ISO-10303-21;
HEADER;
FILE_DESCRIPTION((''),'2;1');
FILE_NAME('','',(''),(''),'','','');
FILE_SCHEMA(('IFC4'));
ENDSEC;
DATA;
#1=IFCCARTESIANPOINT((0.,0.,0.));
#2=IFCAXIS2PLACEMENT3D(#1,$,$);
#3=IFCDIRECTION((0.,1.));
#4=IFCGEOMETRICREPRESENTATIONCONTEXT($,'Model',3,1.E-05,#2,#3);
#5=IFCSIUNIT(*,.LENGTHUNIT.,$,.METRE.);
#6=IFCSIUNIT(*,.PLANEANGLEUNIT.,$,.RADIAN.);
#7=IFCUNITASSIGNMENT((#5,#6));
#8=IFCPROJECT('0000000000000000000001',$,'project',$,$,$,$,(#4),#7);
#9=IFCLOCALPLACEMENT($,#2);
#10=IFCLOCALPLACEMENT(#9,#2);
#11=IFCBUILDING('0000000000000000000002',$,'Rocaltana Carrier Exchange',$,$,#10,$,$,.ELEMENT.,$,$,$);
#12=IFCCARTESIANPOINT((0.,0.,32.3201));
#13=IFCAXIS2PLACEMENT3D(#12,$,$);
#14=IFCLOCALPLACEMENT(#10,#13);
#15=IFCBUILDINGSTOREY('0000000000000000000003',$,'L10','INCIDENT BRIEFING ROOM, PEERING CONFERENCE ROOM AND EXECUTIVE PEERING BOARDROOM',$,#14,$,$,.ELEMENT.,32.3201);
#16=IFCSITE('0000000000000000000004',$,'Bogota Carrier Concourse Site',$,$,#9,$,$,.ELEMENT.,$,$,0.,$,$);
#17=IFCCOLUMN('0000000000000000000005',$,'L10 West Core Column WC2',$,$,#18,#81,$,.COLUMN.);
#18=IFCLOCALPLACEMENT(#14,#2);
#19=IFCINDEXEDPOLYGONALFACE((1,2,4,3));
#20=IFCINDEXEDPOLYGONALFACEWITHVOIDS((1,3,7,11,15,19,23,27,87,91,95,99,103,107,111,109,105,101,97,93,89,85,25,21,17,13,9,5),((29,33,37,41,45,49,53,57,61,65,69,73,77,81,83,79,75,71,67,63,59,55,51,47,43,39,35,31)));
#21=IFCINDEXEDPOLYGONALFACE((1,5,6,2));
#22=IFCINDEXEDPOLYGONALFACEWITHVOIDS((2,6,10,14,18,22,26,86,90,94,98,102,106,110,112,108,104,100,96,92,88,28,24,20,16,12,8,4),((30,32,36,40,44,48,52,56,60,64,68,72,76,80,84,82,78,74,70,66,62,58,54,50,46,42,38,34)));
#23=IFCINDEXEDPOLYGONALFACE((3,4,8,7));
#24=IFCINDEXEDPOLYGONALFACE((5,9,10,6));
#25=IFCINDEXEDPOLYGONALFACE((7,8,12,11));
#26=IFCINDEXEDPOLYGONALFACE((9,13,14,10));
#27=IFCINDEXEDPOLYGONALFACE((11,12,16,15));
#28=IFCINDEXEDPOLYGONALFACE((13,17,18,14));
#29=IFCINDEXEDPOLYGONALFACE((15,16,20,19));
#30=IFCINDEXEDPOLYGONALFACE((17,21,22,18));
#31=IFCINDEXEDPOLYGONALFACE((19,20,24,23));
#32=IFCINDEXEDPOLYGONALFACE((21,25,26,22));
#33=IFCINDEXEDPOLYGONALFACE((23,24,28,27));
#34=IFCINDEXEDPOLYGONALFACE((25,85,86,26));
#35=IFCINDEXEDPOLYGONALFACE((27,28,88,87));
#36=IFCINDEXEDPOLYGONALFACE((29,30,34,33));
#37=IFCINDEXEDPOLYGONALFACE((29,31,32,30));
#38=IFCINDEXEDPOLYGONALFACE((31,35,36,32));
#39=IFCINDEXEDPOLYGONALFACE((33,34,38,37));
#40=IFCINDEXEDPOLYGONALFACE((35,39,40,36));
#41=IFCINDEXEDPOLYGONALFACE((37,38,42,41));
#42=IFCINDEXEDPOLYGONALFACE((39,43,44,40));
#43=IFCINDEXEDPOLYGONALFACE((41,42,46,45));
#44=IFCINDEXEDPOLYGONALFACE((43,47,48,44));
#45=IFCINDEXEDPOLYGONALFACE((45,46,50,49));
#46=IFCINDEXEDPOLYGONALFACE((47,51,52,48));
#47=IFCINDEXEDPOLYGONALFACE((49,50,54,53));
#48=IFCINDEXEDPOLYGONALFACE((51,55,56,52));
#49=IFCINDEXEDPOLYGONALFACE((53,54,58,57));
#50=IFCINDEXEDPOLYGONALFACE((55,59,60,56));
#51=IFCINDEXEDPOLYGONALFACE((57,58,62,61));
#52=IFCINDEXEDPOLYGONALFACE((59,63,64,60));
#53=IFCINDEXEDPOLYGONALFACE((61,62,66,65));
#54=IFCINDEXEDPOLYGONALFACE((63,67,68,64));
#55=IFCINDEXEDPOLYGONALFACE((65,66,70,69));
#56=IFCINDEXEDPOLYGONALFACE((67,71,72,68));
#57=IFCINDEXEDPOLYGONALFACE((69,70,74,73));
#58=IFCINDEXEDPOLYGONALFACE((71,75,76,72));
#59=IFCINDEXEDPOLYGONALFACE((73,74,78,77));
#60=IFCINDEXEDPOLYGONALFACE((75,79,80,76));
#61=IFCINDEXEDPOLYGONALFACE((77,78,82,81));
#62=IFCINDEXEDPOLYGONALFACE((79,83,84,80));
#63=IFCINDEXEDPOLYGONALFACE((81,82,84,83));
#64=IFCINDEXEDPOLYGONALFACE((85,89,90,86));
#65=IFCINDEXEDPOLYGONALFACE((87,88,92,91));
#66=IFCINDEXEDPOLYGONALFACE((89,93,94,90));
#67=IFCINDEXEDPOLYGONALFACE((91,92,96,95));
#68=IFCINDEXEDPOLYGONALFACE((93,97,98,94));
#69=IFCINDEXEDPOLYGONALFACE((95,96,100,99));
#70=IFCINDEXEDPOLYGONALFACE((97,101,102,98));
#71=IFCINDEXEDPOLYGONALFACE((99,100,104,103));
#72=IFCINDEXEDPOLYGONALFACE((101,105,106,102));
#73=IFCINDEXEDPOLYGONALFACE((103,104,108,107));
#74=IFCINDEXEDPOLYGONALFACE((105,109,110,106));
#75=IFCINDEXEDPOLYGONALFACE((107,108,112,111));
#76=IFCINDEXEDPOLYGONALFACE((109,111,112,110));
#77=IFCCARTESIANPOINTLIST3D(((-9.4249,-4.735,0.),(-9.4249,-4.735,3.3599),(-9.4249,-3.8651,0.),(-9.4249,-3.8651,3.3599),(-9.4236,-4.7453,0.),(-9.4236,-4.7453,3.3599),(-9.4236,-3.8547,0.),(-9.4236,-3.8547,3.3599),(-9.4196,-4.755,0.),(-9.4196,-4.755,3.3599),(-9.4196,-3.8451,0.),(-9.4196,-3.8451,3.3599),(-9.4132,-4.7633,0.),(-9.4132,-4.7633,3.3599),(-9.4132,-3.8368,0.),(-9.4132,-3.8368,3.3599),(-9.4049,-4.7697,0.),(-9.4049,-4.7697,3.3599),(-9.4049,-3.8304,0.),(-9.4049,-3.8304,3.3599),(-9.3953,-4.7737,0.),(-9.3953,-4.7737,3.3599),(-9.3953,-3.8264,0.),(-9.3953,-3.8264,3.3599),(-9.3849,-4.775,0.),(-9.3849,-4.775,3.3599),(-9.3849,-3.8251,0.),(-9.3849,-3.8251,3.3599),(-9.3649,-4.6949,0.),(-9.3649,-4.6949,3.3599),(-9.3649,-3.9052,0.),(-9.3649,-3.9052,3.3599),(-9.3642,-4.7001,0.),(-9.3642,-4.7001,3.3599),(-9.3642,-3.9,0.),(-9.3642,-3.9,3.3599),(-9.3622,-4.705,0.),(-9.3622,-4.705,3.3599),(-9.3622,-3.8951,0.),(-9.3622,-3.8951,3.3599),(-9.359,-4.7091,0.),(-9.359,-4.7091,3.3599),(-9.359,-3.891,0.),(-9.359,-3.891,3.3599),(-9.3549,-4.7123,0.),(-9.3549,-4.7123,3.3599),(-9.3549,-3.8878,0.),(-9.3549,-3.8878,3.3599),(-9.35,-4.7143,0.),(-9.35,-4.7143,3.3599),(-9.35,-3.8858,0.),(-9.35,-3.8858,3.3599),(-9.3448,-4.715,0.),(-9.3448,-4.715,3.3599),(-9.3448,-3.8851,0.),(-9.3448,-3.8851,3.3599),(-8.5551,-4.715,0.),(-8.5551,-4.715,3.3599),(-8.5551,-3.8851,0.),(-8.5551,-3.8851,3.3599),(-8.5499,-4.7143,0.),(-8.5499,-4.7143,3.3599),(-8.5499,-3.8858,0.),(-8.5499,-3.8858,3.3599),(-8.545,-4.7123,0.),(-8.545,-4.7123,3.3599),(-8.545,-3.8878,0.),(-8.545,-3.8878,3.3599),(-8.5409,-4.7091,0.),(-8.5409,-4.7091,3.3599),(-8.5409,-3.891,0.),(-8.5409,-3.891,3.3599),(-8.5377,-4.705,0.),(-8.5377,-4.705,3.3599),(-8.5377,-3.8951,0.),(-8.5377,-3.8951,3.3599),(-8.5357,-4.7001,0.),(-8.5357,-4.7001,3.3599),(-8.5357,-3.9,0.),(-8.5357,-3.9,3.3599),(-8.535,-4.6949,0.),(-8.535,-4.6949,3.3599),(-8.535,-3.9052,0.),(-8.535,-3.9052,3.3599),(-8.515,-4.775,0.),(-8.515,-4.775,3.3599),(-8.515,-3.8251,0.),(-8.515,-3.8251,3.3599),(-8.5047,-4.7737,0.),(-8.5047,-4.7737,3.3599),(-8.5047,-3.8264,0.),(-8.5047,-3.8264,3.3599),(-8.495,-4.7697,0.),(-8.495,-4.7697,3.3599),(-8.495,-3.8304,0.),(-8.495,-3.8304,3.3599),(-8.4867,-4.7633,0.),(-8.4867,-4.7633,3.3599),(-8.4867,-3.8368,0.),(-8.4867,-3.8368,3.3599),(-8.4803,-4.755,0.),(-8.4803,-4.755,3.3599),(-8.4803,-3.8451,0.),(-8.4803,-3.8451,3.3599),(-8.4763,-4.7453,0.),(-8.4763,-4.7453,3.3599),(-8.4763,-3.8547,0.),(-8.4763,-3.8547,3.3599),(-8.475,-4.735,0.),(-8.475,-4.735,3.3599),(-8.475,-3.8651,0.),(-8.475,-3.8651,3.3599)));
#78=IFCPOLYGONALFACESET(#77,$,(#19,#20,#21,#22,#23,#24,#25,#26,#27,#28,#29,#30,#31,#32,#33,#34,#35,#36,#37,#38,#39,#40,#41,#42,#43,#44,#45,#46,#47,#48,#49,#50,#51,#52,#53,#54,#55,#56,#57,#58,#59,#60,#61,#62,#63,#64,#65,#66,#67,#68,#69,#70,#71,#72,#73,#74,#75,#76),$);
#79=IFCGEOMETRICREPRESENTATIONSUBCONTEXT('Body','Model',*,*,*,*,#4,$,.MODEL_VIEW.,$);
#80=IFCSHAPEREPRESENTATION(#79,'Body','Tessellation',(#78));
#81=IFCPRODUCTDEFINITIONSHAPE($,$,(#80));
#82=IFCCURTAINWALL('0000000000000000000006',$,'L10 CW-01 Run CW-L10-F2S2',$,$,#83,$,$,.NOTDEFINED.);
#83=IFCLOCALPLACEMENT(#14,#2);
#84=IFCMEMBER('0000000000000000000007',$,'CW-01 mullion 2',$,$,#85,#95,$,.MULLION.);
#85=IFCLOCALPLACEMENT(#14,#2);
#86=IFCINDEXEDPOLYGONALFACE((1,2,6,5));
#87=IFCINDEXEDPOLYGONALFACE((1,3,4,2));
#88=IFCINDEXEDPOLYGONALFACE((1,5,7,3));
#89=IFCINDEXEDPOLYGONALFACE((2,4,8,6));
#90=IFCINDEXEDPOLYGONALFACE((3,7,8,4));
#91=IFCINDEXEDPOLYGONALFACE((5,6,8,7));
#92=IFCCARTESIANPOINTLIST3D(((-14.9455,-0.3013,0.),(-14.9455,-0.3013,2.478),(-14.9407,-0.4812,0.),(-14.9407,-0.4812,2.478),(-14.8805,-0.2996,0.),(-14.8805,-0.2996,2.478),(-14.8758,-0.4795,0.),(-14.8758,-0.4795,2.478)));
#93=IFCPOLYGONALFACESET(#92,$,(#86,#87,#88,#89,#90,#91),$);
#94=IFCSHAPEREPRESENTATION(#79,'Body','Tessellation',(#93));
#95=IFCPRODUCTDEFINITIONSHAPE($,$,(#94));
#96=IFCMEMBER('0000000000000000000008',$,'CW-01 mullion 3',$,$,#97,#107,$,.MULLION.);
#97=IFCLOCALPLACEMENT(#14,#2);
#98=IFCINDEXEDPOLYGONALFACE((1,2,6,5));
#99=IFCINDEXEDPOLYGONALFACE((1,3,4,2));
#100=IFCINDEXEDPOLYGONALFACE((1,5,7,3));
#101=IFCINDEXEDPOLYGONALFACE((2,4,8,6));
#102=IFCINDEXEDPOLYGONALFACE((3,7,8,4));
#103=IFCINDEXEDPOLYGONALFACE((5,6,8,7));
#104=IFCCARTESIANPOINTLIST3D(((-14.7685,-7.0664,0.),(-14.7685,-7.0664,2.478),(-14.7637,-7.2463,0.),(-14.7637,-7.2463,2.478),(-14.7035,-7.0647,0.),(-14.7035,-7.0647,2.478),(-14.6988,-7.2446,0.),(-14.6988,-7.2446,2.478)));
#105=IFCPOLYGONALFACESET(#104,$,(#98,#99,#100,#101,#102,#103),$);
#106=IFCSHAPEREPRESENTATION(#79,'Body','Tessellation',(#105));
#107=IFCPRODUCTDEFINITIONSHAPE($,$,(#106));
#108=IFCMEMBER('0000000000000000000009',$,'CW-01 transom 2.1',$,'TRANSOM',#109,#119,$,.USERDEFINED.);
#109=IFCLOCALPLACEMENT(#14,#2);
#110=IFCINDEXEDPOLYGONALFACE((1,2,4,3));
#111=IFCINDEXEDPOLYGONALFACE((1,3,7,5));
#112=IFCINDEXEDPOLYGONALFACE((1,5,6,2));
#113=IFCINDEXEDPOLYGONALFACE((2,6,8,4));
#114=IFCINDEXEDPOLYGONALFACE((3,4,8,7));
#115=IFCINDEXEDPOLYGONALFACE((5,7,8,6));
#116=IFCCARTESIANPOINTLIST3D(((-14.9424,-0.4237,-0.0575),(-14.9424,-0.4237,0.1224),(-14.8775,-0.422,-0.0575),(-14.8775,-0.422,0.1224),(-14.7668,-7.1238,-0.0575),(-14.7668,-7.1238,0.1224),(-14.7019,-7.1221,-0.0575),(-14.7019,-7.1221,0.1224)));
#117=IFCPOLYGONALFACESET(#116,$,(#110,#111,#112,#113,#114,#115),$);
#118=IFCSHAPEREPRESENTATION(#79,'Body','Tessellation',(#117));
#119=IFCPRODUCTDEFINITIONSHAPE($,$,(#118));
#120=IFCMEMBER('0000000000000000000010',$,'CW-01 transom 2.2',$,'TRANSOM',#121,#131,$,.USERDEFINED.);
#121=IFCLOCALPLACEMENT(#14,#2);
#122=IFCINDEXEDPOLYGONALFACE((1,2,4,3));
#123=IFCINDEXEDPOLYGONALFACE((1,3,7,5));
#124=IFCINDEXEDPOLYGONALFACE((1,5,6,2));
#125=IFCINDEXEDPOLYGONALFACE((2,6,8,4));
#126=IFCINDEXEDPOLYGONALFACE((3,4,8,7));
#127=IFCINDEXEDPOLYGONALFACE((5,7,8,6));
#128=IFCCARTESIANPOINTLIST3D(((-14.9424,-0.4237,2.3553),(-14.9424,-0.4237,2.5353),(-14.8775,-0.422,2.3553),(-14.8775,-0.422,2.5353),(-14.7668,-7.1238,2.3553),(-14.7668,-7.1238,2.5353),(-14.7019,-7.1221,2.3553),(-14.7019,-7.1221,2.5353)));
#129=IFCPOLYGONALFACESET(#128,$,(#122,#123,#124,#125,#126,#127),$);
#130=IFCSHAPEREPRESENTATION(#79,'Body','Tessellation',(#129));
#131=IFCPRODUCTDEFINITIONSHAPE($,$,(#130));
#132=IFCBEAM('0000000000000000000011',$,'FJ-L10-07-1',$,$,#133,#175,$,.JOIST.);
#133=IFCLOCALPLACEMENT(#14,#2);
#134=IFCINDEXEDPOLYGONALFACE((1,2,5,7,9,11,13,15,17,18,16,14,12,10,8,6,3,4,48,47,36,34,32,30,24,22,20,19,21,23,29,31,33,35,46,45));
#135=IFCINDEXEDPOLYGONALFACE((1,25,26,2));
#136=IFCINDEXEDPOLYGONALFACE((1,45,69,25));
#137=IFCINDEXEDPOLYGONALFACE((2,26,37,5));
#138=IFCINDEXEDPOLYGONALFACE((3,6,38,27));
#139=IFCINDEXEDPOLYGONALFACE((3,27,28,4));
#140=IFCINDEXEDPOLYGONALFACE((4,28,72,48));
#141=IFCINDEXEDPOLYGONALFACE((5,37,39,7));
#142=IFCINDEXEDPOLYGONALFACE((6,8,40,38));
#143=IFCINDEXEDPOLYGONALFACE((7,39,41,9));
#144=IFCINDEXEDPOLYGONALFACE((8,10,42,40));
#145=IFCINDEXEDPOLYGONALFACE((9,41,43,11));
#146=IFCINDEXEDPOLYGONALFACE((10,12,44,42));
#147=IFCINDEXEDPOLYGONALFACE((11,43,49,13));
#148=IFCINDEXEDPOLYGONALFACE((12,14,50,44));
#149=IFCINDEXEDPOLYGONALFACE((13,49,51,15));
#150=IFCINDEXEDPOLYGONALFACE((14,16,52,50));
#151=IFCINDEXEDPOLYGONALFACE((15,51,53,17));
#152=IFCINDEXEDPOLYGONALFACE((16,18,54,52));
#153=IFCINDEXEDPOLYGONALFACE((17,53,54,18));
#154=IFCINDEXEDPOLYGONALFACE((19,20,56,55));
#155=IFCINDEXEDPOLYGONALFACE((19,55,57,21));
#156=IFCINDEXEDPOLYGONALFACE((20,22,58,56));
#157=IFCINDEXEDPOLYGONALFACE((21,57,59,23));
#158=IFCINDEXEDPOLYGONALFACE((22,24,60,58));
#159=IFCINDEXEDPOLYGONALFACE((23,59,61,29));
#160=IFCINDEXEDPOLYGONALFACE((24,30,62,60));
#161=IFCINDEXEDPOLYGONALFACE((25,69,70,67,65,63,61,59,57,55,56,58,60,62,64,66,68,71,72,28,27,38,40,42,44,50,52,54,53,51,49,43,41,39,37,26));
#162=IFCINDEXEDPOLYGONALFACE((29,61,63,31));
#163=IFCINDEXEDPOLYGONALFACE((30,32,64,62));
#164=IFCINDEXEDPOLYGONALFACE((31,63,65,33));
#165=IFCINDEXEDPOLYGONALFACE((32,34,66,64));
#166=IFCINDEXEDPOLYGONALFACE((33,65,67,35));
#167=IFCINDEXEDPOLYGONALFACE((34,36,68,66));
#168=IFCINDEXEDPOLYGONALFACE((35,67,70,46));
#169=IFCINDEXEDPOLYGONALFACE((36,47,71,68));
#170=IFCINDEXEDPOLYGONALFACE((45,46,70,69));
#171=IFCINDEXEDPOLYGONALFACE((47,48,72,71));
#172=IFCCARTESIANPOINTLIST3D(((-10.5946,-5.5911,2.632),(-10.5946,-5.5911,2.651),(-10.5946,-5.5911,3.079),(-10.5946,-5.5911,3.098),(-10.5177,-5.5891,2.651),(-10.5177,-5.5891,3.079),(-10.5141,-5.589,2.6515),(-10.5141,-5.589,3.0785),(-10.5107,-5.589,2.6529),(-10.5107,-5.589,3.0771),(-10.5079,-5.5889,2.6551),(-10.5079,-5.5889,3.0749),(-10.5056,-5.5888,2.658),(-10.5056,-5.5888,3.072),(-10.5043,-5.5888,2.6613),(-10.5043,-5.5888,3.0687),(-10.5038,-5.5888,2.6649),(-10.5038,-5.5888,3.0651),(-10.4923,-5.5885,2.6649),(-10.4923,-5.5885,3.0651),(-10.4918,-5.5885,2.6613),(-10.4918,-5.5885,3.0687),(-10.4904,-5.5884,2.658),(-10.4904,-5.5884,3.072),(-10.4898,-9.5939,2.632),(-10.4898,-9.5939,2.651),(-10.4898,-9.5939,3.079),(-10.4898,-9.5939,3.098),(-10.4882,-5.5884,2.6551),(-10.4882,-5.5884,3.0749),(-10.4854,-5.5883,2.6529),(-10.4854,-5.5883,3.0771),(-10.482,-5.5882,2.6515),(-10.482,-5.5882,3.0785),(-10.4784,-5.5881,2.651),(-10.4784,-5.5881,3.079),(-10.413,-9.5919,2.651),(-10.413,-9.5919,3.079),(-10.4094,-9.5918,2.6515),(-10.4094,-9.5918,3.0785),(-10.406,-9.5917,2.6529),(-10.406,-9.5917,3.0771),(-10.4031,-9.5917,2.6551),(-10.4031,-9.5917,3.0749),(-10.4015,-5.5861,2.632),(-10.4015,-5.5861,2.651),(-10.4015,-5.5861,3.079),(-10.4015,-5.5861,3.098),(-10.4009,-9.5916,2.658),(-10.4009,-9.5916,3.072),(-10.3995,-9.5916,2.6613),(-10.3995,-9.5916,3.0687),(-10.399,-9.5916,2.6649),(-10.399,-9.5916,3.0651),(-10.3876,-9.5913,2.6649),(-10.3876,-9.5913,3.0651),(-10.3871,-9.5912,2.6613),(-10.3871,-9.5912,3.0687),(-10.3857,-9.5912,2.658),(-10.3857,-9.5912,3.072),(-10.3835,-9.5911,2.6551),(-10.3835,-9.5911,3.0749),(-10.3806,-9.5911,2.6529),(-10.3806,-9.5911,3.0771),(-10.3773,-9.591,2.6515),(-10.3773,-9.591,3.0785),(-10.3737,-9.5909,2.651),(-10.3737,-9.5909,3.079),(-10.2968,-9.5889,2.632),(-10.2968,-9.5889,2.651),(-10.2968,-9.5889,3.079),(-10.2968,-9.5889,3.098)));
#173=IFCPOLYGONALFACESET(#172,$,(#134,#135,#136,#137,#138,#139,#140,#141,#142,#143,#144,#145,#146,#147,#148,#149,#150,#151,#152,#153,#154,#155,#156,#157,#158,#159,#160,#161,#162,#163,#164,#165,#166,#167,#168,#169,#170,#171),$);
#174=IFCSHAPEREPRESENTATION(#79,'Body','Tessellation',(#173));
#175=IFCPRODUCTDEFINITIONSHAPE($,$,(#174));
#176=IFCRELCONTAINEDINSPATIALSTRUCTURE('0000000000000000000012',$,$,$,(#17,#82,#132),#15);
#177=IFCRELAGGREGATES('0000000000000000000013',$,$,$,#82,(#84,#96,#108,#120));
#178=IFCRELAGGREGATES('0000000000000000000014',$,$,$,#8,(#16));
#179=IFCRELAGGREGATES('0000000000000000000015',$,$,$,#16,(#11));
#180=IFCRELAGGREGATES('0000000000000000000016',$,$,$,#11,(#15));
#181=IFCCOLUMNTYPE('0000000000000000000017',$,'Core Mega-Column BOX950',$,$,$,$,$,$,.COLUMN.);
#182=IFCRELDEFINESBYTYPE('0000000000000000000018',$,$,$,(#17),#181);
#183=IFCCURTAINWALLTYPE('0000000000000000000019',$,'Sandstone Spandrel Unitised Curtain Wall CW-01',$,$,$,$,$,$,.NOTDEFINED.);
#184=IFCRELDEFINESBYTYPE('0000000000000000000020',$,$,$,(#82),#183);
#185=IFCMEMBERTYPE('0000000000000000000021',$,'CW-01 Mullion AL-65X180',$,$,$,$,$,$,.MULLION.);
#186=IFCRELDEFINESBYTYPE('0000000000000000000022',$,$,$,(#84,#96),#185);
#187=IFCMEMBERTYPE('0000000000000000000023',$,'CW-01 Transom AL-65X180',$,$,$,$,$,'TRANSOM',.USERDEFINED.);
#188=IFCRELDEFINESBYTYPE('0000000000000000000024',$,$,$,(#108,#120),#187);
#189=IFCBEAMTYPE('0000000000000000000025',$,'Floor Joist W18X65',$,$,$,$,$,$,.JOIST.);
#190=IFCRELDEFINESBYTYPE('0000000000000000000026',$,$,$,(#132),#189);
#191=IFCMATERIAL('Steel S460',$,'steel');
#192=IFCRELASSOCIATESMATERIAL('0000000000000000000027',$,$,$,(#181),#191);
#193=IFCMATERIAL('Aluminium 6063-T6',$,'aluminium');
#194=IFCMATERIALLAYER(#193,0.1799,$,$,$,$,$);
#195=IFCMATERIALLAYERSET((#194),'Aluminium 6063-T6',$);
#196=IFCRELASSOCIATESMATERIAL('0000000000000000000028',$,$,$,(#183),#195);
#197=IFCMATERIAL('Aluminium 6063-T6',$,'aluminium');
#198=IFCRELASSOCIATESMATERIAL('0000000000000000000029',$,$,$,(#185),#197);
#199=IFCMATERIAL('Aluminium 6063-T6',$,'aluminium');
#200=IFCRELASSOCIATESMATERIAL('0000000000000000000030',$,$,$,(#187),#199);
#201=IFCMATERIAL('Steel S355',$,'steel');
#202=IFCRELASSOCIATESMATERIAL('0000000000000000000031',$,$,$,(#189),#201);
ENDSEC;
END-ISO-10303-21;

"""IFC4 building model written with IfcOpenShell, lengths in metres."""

from ifc_helpers import new_model, si_unit, direction, frame, origin, origin_2d, place, context, subcontext, project, spatial, rectangle, hollow_rectangle, i_section, extrude, material, layer, layer_set, material_profile, profile_set, type_object, element, aggregate, save


model = new_model("IFC4")

# Units and contexts
model_context = context("Model", 3, precision=1e-05, world=origin(), true_north=direction((0.0, 1.0)))
body_context = subcontext(model_context, "Body", "Model", "MODEL_VIEW")
ifc_project = project(units=[si_unit("LENGTHUNIT", "METRE"), si_unit("PLANEANGLEUNIT", "RADIAN")], contexts=[model_context])

# Site, building, storey
site_placement = place(None, origin())
site = spatial("IfcSite", under=ifc_project, at=site_placement, Name="Bogota Carrier Concourse Site", CompositionType="ELEMENT", RefElevation=0.0)
building_placement = place(site_placement, origin())
building = spatial("IfcBuilding", under=site, at=building_placement, Name="Rocaltana Carrier Exchange", CompositionType="ELEMENT")
storey_placement = place(building_placement, frame((0.0, 0.0, 32.3201)))
storey = spatial("IfcBuildingStorey", under=building, at=storey_placement, Name="L10", Description="INCIDENT BRIEFING ROOM, PEERING CONFERENCE ROOM AND EXECUTIVE PEERING BOARDROOM", CompositionType="ELEMENT", Elevation=32.3201)

# Column
ifc_material_1 = material(Name="Steel S460", Category="steel")
ifc_material_profile_1 = material_profile(ifc_material_1, hollow_rectangle(XDim=0.95, YDim=0.95, WallThickness=0.0601, InnerFilletRadius=0.02, OuterFilletRadius=0.04, at=origin_2d()), Name="BOX950X950X60")
ifc_profile_set_1 = profile_set([ifc_material_profile_1], Name="Steel S460")
column_type = type_object("IfcColumnType", Name="Core Mega-Column BOX950", PredefinedType="COLUMN", material=ifc_profile_set_1)
column_placement = place(storey_placement, frame((-8.95, -4.3, 0.0), z_axis=(0.0, 0.0, 1.0), x_axis=(1.0, 0.0, 0.0)))
element("IfcColumn", 1, at=column_placement, inside=storey, type_object=column_type, Name="L10 West Core Column WC2", PredefinedType="COLUMN", context=body_context, shape_type="SweptSolid", body=[
    extrude(hollow_rectangle(XDim=0.95, YDim=0.95, WallThickness=0.0601, InnerFilletRadius=0.02, OuterFilletRadius=0.04, at=origin_2d()), origin(), (0.0, 0.0, 1.0), 3.3599),
])

# Curtain wall, members
ifc_material_2 = material(Name="Aluminium 6063-T6", Category="aluminium")
ifc_layer_1 = layer(ifc_material_2, 0.1799)
ifc_layer_set_1 = layer_set([ifc_layer_1], Name="Aluminium 6063-T6")
curtain_wall_type = type_object("IfcCurtainWallType", Name="Sandstone Spandrel Unitised Curtain Wall CW-01", PredefinedType="NOTDEFINED", material=ifc_layer_set_1)
curtain_wall_placement = place(storey_placement, origin())
curtain_wall = element("IfcCurtainWall", 2, at=curtain_wall_placement, inside=storey, type_object=curtain_wall_type, Name="L10 CW-01 Run CW-L10-F2S2", PredefinedType="NOTDEFINED")
ifc_material_3 = material(Name="Aluminium 6063-T6", Category="aluminium")
ifc_material_profile_2 = material_profile(ifc_material_3, rectangle(XDim=0.0649, YDim=0.1799, at=origin_2d()), Name="AL-65X180")
ifc_profile_set_2 = profile_set([ifc_material_profile_2], Name="Aluminium 6063-T6")
member_type_1 = type_object("IfcMemberType", Name="CW-01 Mullion AL-65X180", PredefinedType="MULLION", material=ifc_profile_set_2)
member_1_placement = place(storey_placement, frame((-14.9106, -0.3904, 0.0), z_axis=(0.0, 0.0, 1.0), x_axis=(0.999657, 0.026177, 0.0)))
member_1 = element("IfcMember", 3, at=member_1_placement, type_object=member_type_1, Name="CW-01 mullion 2", PredefinedType="MULLION", context=body_context, shape_type="SweptSolid", body=[
    extrude(rectangle(XDim=0.0649, YDim=0.1799, at=origin_2d()), origin(), (0.0, 0.0, 1.0), 2.478),
])
member_2_placement = place(storey_placement, frame((-14.7336, -7.1555, 0.0), z_axis=(0.0, 0.0, 1.0), x_axis=(0.999657, 0.026177, 0.0)))
member_2 = element("IfcMember", 4, at=member_2_placement, type_object=member_type_1, Name="CW-01 mullion 3", PredefinedType="MULLION", context=body_context, shape_type="SweptSolid", body=[
    extrude(rectangle(XDim=0.0649, YDim=0.1799, at=origin_2d()), origin(), (0.0, 0.0, 1.0), 2.478),
])
ifc_material_4 = material(Name="Aluminium 6063-T6", Category="aluminium")
ifc_material_profile_3 = material_profile(ifc_material_4, rectangle(XDim=0.0649, YDim=0.1799, at=origin_2d()), Name="AL-65X180")
ifc_profile_set_3 = profile_set([ifc_material_profile_3], Name="Aluminium 6063-T6")
member_type_2 = type_object("IfcMemberType", Name="CW-01 Transom AL-65X180", ElementType="TRANSOM", PredefinedType="USERDEFINED", material=ifc_profile_set_3)
member_3_placement = place(storey_placement, frame((-14.9099, -0.4229, 0.0325), z_axis=(0.02619, -0.999657, 0.0), x_axis=(0.999657, 0.02619, 0.0)))
member_3 = element("IfcMember", 5, at=member_3_placement, type_object=member_type_2, Name="CW-01 transom 2.1", ObjectType="TRANSOM", PredefinedType="USERDEFINED", context=body_context, shape_type="SweptSolid", body=[
    extrude(rectangle(XDim=0.0649, YDim=0.1799, at=origin_2d()), origin(), (0.0, 0.0, 1.0), 6.7024),
])
member_4_placement = place(storey_placement, frame((-14.9099, -0.4229, 2.4453), z_axis=(0.02619, -0.999657, 0.0), x_axis=(0.999657, 0.02619, 0.0)))
member_4 = element("IfcMember", 6, at=member_4_placement, type_object=member_type_2, Name="CW-01 transom 2.2", ObjectType="TRANSOM", PredefinedType="USERDEFINED", context=body_context, shape_type="SweptSolid", body=[
    extrude(rectangle(XDim=0.0649, YDim=0.1799, at=origin_2d()), origin(), (0.0, 0.0, 1.0), 6.7024),
])

# Beam
ifc_material_5 = material(Name="Steel S355", Category="steel")
ifc_material_profile_4 = material_profile(ifc_material_5, i_section(OverallWidth=0.1931, OverallDepth=0.4661, WebThickness=0.0115, FlangeThickness=0.019, FilletRadius=0.0139, at=origin_2d()), Name="W18X65")
ifc_profile_set_4 = profile_set([ifc_material_profile_4], Name="Steel S355")
beam_type_1 = type_object("IfcBeamType", Name="Floor Joist W18X65", PredefinedType="JOIST", material=ifc_profile_set_4)
beam_1_placement = place(storey_placement, frame((-10.498, -5.5886, 2.865), z_axis=(0.026158, -0.999658, 0.0), x_axis=(0.999658, 0.026158, 0.0)))
element("IfcBeam", 7, at=beam_1_placement, inside=storey, type_object=beam_type_1, Name="FJ-L10-07-1", PredefinedType="JOIST", context=body_context, shape_type="SweptSolid", body=[
    extrude(i_section(OverallWidth=0.1931, OverallDepth=0.4661, WebThickness=0.0115, FlangeThickness=0.019, FilletRadius=0.0139, at=origin_2d()), origin(), (0.0, 0.0, 1.0), 4.0042),
])

aggregate(curtain_wall, [member_1, member_2, member_3, member_4])

save(model, "model.ifc")
